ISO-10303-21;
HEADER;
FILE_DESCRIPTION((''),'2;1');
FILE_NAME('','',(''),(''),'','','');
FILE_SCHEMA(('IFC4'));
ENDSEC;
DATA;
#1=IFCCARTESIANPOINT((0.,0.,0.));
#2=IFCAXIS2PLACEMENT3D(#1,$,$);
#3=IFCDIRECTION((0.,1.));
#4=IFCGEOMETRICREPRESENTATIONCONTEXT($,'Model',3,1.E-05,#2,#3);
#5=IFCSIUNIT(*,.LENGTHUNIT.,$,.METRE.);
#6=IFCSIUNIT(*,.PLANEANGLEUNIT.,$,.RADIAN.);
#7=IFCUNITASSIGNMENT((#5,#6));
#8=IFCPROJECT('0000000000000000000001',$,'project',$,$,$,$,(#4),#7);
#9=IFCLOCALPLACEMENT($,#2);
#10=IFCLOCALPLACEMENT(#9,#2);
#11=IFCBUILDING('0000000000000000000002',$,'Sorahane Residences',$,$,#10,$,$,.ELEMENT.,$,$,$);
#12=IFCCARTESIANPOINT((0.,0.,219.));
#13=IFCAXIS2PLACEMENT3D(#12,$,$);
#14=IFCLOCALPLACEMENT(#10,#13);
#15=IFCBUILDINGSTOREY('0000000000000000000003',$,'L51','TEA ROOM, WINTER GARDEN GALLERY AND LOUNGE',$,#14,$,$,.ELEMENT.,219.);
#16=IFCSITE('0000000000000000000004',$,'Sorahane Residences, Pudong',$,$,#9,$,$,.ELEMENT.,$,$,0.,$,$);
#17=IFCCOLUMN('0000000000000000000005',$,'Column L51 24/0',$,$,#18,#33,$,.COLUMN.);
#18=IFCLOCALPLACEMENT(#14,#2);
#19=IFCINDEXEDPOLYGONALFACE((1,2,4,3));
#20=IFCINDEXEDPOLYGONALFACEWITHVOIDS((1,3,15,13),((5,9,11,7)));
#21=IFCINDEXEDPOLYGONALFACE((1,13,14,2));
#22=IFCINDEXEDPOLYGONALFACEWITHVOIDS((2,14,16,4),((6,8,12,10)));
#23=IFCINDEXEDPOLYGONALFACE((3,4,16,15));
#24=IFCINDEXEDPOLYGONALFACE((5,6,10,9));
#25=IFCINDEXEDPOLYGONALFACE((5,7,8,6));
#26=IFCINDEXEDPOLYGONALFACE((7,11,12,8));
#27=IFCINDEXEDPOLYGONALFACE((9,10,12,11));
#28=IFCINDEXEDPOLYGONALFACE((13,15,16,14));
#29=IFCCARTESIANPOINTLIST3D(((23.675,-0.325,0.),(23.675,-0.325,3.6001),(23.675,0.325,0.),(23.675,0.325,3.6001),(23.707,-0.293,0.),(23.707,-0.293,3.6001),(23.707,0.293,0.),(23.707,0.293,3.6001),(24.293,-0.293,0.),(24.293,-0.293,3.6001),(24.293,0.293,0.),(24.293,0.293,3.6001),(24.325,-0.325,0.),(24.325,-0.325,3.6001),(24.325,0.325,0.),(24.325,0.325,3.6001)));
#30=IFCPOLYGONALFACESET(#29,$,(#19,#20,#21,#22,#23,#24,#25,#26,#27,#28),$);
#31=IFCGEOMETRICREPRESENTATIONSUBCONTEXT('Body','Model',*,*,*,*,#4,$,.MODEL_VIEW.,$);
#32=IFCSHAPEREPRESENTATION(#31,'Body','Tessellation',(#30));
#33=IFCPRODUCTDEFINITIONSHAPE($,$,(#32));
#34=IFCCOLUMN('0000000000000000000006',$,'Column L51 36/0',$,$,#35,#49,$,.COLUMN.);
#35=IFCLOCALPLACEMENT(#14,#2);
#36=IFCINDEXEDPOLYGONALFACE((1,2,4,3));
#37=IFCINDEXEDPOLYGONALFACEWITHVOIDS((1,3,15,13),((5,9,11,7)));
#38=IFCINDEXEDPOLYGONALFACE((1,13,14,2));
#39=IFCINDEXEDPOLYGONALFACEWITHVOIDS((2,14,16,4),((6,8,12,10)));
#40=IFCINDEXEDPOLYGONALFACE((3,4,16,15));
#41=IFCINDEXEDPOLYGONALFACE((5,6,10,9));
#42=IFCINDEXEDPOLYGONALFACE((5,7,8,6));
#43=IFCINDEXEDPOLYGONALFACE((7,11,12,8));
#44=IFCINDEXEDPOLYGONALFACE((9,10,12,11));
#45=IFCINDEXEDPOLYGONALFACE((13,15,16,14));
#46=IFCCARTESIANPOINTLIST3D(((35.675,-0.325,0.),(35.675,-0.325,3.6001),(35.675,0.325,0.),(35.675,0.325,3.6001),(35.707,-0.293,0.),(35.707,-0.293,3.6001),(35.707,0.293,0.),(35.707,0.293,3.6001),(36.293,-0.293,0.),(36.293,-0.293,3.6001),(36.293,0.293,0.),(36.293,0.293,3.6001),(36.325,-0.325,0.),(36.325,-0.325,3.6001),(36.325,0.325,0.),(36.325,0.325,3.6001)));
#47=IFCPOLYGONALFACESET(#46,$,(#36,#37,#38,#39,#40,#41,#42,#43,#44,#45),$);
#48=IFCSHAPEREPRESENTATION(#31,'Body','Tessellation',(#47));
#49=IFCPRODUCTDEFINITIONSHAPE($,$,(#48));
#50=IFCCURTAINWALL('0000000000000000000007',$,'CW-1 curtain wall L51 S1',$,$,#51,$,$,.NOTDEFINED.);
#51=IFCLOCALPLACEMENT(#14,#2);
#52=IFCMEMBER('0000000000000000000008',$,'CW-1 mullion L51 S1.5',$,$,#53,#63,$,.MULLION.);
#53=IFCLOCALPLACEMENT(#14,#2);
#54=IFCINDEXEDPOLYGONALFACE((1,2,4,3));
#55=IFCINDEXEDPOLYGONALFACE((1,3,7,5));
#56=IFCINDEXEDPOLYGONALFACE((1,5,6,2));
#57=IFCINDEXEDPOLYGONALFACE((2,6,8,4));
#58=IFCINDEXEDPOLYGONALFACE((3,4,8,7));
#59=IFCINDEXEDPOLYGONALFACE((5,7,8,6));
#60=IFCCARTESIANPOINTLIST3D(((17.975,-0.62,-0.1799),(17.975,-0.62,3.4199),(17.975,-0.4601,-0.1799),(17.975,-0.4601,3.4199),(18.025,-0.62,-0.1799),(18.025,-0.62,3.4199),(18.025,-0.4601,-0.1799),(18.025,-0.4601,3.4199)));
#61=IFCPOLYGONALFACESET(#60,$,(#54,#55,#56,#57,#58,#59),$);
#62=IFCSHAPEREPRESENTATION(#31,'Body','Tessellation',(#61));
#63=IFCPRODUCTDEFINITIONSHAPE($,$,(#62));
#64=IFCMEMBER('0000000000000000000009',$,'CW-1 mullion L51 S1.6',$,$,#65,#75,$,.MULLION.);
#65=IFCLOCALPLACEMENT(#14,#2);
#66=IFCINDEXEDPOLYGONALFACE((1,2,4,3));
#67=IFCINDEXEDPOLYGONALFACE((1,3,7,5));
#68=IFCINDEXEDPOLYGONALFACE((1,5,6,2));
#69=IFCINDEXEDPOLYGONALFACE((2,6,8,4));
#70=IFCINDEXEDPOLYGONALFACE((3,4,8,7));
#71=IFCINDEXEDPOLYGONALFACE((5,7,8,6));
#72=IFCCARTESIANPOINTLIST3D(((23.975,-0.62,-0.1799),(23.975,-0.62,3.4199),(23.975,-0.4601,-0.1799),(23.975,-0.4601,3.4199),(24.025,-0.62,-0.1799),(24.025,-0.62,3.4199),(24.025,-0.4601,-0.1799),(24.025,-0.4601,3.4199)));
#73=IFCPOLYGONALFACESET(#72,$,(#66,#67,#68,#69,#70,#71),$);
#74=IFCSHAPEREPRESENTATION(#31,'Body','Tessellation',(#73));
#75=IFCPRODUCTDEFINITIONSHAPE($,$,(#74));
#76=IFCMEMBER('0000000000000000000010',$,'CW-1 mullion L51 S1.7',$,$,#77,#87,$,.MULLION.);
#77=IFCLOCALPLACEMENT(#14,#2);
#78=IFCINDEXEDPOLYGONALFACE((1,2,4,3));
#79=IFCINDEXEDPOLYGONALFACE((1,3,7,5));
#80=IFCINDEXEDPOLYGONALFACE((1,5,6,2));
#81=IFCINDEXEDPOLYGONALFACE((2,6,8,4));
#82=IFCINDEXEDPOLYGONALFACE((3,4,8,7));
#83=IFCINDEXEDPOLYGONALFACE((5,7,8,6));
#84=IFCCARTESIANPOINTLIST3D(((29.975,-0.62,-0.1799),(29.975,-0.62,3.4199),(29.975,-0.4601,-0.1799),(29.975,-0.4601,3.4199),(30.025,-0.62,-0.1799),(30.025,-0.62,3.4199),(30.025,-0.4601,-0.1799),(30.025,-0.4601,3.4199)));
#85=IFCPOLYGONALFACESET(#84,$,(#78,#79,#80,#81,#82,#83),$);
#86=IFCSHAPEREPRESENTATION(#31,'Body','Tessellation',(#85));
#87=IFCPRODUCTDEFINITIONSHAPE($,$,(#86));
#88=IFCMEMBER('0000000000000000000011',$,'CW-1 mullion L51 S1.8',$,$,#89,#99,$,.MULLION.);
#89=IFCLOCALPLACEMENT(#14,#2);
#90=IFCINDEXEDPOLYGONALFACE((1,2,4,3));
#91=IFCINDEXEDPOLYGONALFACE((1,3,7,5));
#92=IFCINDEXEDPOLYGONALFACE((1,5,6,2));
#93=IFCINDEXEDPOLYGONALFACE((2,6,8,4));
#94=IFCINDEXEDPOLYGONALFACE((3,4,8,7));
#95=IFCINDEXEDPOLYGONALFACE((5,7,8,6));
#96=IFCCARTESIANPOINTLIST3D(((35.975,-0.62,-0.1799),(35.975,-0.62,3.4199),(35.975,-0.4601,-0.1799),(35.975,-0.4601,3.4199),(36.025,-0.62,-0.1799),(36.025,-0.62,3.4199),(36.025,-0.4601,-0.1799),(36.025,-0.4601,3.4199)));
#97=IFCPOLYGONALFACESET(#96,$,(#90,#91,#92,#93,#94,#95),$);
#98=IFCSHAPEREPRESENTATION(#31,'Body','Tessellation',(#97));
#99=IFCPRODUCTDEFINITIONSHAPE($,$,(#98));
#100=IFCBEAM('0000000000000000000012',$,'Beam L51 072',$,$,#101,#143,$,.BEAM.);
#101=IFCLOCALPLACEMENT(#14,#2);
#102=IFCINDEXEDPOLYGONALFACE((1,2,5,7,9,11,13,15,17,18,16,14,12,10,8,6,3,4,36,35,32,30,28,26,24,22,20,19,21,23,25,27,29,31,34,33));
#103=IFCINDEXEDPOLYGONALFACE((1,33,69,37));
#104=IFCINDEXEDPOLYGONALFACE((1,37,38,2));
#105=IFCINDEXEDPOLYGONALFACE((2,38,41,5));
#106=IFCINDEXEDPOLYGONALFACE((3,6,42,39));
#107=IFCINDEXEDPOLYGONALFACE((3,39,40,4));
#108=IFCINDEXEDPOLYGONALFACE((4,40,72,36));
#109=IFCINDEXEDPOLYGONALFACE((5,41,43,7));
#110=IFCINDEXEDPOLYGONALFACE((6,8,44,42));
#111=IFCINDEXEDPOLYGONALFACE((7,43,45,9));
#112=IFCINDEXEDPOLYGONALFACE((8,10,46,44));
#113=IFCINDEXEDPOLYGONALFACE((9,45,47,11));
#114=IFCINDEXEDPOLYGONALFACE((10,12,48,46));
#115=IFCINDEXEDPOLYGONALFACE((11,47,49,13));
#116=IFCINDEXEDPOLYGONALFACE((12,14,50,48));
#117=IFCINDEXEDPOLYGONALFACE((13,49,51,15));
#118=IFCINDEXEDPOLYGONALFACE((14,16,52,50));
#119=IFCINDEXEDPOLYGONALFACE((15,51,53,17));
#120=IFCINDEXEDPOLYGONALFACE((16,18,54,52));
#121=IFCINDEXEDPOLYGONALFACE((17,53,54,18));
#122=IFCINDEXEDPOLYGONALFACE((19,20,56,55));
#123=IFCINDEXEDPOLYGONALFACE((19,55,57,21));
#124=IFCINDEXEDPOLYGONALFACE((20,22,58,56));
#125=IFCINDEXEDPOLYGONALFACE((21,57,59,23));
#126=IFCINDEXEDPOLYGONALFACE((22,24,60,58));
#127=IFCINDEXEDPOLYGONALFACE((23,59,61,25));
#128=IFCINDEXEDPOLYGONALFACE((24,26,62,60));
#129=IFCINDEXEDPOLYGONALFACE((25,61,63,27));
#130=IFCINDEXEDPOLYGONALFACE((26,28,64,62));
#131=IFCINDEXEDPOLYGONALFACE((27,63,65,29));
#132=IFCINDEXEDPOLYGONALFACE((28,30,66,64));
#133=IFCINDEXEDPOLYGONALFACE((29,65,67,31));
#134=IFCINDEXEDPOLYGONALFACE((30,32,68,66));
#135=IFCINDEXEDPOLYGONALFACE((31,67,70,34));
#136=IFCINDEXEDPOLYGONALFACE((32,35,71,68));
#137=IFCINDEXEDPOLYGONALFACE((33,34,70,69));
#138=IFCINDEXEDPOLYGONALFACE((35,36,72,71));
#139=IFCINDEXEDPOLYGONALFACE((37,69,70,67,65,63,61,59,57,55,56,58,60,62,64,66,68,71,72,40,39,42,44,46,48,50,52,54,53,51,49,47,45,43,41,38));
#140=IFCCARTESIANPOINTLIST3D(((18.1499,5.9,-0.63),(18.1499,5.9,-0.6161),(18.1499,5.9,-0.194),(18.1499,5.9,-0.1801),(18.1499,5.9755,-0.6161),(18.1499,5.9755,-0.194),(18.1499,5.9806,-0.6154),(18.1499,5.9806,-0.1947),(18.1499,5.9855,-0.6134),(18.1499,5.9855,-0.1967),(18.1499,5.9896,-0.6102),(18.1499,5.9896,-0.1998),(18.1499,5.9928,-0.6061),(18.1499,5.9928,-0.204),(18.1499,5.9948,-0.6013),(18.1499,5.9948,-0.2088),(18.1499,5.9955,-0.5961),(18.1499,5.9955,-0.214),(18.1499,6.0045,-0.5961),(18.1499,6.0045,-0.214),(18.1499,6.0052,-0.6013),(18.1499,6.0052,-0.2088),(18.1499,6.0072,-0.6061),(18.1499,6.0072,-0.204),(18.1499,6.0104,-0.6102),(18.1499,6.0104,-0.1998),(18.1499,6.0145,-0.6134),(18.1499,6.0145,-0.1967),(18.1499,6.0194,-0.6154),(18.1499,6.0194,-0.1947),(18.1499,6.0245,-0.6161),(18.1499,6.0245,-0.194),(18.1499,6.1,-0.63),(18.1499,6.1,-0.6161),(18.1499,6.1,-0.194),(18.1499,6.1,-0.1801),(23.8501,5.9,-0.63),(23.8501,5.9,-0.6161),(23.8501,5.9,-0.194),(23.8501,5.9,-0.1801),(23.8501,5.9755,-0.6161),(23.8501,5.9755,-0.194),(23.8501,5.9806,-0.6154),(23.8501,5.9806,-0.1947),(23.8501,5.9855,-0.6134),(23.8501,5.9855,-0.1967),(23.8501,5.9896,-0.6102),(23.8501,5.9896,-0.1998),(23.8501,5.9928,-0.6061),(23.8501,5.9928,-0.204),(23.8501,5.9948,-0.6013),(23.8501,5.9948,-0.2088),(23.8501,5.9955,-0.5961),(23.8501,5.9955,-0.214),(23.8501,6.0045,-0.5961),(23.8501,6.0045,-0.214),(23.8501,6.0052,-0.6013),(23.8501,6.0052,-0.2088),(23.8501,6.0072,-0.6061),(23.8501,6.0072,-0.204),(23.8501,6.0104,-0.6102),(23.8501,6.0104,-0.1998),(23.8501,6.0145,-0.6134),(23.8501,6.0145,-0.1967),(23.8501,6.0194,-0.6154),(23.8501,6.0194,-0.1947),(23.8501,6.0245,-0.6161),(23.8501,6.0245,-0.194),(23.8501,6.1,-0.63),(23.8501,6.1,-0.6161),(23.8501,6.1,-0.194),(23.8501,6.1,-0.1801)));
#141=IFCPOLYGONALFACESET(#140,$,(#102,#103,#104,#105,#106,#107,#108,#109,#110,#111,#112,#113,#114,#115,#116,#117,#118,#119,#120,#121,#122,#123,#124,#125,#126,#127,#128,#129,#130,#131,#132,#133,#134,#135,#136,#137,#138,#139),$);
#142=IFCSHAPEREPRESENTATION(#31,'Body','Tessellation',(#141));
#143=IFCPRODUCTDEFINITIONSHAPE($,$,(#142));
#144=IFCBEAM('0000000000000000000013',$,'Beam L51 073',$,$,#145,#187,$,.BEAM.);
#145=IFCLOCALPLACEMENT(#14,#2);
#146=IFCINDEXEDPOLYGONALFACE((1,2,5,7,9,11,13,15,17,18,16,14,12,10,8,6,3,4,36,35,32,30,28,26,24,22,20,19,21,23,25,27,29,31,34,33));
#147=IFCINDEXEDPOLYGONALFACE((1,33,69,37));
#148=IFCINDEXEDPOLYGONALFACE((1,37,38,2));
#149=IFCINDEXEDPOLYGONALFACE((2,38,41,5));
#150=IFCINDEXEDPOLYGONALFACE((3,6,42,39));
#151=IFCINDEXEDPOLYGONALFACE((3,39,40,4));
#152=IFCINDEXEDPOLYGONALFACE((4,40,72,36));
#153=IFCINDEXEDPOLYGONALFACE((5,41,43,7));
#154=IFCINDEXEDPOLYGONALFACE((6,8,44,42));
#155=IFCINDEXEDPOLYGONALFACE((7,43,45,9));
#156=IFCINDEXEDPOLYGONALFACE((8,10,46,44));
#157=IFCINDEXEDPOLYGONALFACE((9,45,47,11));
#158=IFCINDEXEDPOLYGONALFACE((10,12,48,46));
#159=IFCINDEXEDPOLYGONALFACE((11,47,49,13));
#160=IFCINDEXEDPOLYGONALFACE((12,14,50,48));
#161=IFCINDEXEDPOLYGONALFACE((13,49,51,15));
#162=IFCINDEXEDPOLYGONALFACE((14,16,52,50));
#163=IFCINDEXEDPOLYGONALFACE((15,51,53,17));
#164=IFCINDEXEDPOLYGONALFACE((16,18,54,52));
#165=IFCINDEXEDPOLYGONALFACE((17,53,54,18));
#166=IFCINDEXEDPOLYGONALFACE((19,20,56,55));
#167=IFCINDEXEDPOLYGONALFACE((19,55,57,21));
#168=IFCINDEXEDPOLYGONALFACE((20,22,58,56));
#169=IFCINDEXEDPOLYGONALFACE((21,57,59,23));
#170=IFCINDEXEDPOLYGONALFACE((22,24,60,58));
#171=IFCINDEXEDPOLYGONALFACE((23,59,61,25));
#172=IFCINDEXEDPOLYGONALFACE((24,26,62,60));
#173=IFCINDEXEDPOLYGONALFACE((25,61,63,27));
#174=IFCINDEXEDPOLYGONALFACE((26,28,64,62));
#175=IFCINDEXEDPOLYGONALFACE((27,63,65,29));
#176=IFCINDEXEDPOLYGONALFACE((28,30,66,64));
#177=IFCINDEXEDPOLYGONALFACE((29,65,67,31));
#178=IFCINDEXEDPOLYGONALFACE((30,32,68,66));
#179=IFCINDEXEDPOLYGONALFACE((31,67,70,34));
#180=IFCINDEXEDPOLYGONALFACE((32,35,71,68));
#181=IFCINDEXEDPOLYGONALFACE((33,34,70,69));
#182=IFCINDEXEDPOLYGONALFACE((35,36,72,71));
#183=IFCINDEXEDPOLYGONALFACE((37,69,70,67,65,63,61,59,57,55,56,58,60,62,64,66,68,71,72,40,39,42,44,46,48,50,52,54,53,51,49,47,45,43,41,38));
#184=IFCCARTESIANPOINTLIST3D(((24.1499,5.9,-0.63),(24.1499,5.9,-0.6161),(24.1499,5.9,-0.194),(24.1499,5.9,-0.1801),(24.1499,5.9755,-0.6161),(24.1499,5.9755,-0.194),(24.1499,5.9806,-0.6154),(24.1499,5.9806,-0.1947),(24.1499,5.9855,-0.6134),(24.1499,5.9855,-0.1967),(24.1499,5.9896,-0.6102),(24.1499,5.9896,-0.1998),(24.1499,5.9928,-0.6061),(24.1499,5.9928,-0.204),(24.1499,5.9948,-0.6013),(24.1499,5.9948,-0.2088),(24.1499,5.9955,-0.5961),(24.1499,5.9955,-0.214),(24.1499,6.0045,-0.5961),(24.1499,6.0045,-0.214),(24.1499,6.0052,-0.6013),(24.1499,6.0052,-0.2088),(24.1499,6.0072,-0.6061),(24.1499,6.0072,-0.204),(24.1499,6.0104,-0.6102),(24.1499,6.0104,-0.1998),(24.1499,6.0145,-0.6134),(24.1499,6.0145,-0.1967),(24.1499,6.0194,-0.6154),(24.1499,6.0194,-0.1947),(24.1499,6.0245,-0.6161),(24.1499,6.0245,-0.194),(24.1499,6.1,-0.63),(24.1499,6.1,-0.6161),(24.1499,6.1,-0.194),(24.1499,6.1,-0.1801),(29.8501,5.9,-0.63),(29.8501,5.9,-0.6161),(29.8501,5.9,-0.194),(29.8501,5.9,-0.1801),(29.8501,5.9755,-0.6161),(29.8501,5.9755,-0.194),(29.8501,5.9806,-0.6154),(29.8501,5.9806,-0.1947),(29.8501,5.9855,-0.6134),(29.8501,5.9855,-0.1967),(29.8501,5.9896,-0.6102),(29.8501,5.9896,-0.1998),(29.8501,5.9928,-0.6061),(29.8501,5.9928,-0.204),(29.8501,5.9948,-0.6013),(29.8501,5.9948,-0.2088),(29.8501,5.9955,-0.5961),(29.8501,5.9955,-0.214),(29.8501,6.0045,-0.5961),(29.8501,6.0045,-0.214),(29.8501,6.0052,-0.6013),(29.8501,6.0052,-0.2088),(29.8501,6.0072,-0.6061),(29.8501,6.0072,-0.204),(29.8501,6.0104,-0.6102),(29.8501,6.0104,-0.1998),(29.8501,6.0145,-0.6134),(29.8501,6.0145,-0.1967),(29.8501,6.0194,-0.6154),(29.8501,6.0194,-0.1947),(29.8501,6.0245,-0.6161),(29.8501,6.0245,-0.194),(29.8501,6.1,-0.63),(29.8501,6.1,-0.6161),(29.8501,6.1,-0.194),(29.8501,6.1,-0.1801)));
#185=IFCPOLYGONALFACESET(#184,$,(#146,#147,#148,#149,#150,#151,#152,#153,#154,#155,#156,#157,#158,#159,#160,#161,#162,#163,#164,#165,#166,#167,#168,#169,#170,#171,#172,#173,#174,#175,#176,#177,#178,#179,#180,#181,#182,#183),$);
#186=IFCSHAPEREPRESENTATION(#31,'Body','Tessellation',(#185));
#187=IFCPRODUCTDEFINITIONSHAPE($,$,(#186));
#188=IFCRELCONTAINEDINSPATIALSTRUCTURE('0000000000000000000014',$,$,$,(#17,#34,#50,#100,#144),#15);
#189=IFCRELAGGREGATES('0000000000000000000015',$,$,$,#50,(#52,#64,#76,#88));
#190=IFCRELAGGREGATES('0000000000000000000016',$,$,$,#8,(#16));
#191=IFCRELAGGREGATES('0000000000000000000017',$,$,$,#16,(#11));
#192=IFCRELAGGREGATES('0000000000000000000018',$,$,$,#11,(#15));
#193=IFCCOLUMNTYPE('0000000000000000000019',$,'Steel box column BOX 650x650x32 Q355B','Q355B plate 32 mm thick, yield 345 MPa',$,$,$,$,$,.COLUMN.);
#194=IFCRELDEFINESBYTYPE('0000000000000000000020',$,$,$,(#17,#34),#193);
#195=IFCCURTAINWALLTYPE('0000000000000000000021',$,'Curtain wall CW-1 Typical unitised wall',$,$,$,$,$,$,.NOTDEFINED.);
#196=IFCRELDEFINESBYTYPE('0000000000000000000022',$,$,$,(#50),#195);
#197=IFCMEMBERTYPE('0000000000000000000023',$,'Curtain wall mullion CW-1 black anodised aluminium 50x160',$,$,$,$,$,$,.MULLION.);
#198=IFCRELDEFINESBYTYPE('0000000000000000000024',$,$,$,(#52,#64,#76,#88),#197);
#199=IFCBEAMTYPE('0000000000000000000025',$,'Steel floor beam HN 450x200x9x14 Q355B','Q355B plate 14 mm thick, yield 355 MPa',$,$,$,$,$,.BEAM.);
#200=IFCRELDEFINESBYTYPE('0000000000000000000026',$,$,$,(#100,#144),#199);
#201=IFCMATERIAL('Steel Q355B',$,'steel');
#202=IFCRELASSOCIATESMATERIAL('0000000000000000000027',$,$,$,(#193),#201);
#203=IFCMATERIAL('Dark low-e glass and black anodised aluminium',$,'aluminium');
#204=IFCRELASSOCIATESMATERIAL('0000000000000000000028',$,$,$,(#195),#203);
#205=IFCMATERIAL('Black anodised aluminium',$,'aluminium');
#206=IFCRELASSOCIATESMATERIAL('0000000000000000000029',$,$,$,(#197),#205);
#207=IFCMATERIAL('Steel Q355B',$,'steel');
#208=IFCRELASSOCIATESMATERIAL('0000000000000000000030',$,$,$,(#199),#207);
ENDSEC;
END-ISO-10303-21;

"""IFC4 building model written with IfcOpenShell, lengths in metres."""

from ifc_helpers import new_model, si_unit, direction, frame, origin, origin_2d, place, context, subcontext, project, spatial, rectangle, hollow_rectangle, i_section, extrude, material, material_profile, profile_set, type_object, element, aggregate, save


model = new_model("IFC4")

# Units and contexts
model_context = context("Model", 3, precision=1e-05, world=origin(), true_north=direction((0.0, 1.0)))
body_context = subcontext(model_context, "Body", "Model", "MODEL_VIEW")
ifc_project = project(units=[si_unit("LENGTHUNIT", "METRE"), si_unit("PLANEANGLEUNIT", "RADIAN")], contexts=[model_context])

# Site, building, storey
site_placement = place(None, origin())
site = spatial("IfcSite", under=ifc_project, at=site_placement, Name="Sorahane Residences, Pudong", CompositionType="ELEMENT", RefElevation=0.0)
building_placement = place(site_placement, origin())
building = spatial("IfcBuilding", under=site, at=building_placement, Name="Sorahane Residences", CompositionType="ELEMENT")
storey_placement = place(building_placement, frame((0.0, 0.0, 219.0)))
storey = spatial("IfcBuildingStorey", under=building, at=storey_placement, Name="L51", Description="TEA ROOM, WINTER GARDEN GALLERY AND LOUNGE", CompositionType="ELEMENT", Elevation=219.0)

# Columns
ifc_material_1 = material(Name="Steel Q355B", Category="steel")
ifc_material_profile_1 = material_profile(ifc_material_1, hollow_rectangle(XDim=0.6499, YDim=0.6499, WallThickness=0.032, at=origin_2d()), Name="BOX 650x650x32")
ifc_profile_set_1 = profile_set([ifc_material_profile_1], Name="Steel Q355B")
column_type = type_object("IfcColumnType", Name="Steel box column BOX 650x650x32 Q355B", Description="Q355B plate 32 mm thick, yield 345 MPa", PredefinedType="COLUMN", material=ifc_profile_set_1)
for number, where, z_axis, x_axis, name in (
    (1, (24.0, 0.0, 0.0), (0.0, 0.0, 1.0), (1.0, 0.0, 0.0), "Column L51 24/0"),
    (2, (36.0, 0.0, 0.0), (0.0, 0.0, 1.0), (1.0, 0.0, 0.0), "Column L51 36/0"),
):
    element("IfcColumn", number, at=place(storey_placement, frame(where, z_axis=z_axis, x_axis=x_axis)), inside=storey, type_object=column_type, Name=name, PredefinedType="COLUMN", context=body_context, shape_type="SweptSolid", body=[
        extrude(hollow_rectangle(XDim=0.6499, YDim=0.6499, WallThickness=0.032, at=origin_2d()), origin(), (0.0, 0.0, 1.0), 3.6001),
    ])

# Curtain wall, members
ifc_material_2 = material(Name="Dark low-e glass and black anodised aluminium", Category="aluminium")
curtain_wall_type = type_object("IfcCurtainWallType", Name="Curtain wall CW-1 Typical unitised wall", PredefinedType="NOTDEFINED", material=ifc_material_2)
curtain_wall_placement = place(storey_placement, origin())
curtain_wall = element("IfcCurtainWall", 3, at=curtain_wall_placement, inside=storey, type_object=curtain_wall_type, Name="CW-1 curtain wall L51 S1", PredefinedType="NOTDEFINED")
ifc_material_3 = material(Name="Black anodised aluminium", Category="aluminium")
ifc_material_profile_2 = material_profile(ifc_material_3, rectangle(XDim=0.1599, YDim=0.05, at=origin_2d()), Name="Curtain wall mullion CW-1 black anodised aluminium 50x160")
ifc_profile_set_2 = profile_set([ifc_material_profile_2], Name="Black anodised aluminium")
member_type = type_object("IfcMemberType", Name="Curtain wall mullion CW-1 black anodised aluminium 50x160", PredefinedType="MULLION", material=ifc_profile_set_2)
member_1_placement = place(storey_placement, frame((18.0, -0.54, -0.1799), z_axis=(0.0, 0.0, 1.0), x_axis=(0.0, -1.0, 0.0)))
member_1 = element("IfcMember", 4, at=member_1_placement, type_object=member_type, Name="CW-1 mullion L51 S1.5", PredefinedType="MULLION", context=body_context, shape_type="SweptSolid", body=[
    extrude(rectangle(XDim=0.1599, YDim=0.05, at=origin_2d()), origin(), (0.0, 0.0, 1.0), 3.5999),
])
member_2_placement = place(storey_placement, frame((24.0, -0.54, -0.1799), z_axis=(0.0, 0.0, 1.0), x_axis=(0.0, -1.0, 0.0)))
member_2 = element("IfcMember", 5, at=member_2_placement, type_object=member_type, Name="CW-1 mullion L51 S1.6", PredefinedType="MULLION", context=body_context, shape_type="SweptSolid", body=[
    extrude(rectangle(XDim=0.1599, YDim=0.05, at=origin_2d()), origin(), (0.0, 0.0, 1.0), 3.5999),
])
member_3_placement = place(storey_placement, frame((30.0, -0.54, -0.1799), z_axis=(0.0, 0.0, 1.0), x_axis=(0.0, -1.0, 0.0)))
member_3 = element("IfcMember", 6, at=member_3_placement, type_object=member_type, Name="CW-1 mullion L51 S1.7", PredefinedType="MULLION", context=body_context, shape_type="SweptSolid", body=[
    extrude(rectangle(XDim=0.1599, YDim=0.05, at=origin_2d()), origin(), (0.0, 0.0, 1.0), 3.5999),
])
member_4_placement = place(storey_placement, frame((36.0, -0.54, -0.1799), z_axis=(0.0, 0.0, 1.0), x_axis=(0.0, -1.0, 0.0)))
member_4 = element("IfcMember", 7, at=member_4_placement, type_object=member_type, Name="CW-1 mullion L51 S1.8", PredefinedType="MULLION", context=body_context, shape_type="SweptSolid", body=[
    extrude(rectangle(XDim=0.1599, YDim=0.05, at=origin_2d()), origin(), (0.0, 0.0, 1.0), 3.5999),
])

# Beams
ifc_material_4 = material(Name="Steel Q355B", Category="steel")
ifc_material_profile_3 = material_profile(ifc_material_4, i_section(OverallWidth=0.2, OverallDepth=0.45, WebThickness=0.009, FlangeThickness=0.0139, FilletRadius=0.02, at=origin_2d()), Name="HN 450x200x9x14")
ifc_profile_set_3 = profile_set([ifc_material_profile_3], Name="Steel Q355B")
beam_type_1 = type_object("IfcBeamType", Name="Steel floor beam HN 450x200x9x14 Q355B", Description="Q355B plate 14 mm thick, yield 355 MPa", PredefinedType="BEAM", material=ifc_profile_set_3)
for number, where, z_axis, x_axis, name in (
    (8, (18.1499, 6.0, -0.405), (1.0, 0.0, 0.0), (0.0, 1.0, 0.0), "Beam L51 072"),
    (9, (24.1499, 6.0, -0.405), (1.0, 0.0, 0.0), (0.0, 1.0, 0.0), "Beam L51 073"),
):
    element("IfcBeam", number, at=place(storey_placement, frame(where, z_axis=z_axis, x_axis=x_axis)), inside=storey, type_object=beam_type_1, Name=name, PredefinedType="BEAM", context=body_context, shape_type="SweptSolid", body=[
        extrude(i_section(OverallWidth=0.2, OverallDepth=0.45, WebThickness=0.009, FlangeThickness=0.0139, FilletRadius=0.02, at=origin_2d()), origin(), (0.0, 0.0, 1.0), 5.7002),
    ])

aggregate(curtain_wall, [member_1, member_2, member_3, member_4])

save(model, "model.ifc")
